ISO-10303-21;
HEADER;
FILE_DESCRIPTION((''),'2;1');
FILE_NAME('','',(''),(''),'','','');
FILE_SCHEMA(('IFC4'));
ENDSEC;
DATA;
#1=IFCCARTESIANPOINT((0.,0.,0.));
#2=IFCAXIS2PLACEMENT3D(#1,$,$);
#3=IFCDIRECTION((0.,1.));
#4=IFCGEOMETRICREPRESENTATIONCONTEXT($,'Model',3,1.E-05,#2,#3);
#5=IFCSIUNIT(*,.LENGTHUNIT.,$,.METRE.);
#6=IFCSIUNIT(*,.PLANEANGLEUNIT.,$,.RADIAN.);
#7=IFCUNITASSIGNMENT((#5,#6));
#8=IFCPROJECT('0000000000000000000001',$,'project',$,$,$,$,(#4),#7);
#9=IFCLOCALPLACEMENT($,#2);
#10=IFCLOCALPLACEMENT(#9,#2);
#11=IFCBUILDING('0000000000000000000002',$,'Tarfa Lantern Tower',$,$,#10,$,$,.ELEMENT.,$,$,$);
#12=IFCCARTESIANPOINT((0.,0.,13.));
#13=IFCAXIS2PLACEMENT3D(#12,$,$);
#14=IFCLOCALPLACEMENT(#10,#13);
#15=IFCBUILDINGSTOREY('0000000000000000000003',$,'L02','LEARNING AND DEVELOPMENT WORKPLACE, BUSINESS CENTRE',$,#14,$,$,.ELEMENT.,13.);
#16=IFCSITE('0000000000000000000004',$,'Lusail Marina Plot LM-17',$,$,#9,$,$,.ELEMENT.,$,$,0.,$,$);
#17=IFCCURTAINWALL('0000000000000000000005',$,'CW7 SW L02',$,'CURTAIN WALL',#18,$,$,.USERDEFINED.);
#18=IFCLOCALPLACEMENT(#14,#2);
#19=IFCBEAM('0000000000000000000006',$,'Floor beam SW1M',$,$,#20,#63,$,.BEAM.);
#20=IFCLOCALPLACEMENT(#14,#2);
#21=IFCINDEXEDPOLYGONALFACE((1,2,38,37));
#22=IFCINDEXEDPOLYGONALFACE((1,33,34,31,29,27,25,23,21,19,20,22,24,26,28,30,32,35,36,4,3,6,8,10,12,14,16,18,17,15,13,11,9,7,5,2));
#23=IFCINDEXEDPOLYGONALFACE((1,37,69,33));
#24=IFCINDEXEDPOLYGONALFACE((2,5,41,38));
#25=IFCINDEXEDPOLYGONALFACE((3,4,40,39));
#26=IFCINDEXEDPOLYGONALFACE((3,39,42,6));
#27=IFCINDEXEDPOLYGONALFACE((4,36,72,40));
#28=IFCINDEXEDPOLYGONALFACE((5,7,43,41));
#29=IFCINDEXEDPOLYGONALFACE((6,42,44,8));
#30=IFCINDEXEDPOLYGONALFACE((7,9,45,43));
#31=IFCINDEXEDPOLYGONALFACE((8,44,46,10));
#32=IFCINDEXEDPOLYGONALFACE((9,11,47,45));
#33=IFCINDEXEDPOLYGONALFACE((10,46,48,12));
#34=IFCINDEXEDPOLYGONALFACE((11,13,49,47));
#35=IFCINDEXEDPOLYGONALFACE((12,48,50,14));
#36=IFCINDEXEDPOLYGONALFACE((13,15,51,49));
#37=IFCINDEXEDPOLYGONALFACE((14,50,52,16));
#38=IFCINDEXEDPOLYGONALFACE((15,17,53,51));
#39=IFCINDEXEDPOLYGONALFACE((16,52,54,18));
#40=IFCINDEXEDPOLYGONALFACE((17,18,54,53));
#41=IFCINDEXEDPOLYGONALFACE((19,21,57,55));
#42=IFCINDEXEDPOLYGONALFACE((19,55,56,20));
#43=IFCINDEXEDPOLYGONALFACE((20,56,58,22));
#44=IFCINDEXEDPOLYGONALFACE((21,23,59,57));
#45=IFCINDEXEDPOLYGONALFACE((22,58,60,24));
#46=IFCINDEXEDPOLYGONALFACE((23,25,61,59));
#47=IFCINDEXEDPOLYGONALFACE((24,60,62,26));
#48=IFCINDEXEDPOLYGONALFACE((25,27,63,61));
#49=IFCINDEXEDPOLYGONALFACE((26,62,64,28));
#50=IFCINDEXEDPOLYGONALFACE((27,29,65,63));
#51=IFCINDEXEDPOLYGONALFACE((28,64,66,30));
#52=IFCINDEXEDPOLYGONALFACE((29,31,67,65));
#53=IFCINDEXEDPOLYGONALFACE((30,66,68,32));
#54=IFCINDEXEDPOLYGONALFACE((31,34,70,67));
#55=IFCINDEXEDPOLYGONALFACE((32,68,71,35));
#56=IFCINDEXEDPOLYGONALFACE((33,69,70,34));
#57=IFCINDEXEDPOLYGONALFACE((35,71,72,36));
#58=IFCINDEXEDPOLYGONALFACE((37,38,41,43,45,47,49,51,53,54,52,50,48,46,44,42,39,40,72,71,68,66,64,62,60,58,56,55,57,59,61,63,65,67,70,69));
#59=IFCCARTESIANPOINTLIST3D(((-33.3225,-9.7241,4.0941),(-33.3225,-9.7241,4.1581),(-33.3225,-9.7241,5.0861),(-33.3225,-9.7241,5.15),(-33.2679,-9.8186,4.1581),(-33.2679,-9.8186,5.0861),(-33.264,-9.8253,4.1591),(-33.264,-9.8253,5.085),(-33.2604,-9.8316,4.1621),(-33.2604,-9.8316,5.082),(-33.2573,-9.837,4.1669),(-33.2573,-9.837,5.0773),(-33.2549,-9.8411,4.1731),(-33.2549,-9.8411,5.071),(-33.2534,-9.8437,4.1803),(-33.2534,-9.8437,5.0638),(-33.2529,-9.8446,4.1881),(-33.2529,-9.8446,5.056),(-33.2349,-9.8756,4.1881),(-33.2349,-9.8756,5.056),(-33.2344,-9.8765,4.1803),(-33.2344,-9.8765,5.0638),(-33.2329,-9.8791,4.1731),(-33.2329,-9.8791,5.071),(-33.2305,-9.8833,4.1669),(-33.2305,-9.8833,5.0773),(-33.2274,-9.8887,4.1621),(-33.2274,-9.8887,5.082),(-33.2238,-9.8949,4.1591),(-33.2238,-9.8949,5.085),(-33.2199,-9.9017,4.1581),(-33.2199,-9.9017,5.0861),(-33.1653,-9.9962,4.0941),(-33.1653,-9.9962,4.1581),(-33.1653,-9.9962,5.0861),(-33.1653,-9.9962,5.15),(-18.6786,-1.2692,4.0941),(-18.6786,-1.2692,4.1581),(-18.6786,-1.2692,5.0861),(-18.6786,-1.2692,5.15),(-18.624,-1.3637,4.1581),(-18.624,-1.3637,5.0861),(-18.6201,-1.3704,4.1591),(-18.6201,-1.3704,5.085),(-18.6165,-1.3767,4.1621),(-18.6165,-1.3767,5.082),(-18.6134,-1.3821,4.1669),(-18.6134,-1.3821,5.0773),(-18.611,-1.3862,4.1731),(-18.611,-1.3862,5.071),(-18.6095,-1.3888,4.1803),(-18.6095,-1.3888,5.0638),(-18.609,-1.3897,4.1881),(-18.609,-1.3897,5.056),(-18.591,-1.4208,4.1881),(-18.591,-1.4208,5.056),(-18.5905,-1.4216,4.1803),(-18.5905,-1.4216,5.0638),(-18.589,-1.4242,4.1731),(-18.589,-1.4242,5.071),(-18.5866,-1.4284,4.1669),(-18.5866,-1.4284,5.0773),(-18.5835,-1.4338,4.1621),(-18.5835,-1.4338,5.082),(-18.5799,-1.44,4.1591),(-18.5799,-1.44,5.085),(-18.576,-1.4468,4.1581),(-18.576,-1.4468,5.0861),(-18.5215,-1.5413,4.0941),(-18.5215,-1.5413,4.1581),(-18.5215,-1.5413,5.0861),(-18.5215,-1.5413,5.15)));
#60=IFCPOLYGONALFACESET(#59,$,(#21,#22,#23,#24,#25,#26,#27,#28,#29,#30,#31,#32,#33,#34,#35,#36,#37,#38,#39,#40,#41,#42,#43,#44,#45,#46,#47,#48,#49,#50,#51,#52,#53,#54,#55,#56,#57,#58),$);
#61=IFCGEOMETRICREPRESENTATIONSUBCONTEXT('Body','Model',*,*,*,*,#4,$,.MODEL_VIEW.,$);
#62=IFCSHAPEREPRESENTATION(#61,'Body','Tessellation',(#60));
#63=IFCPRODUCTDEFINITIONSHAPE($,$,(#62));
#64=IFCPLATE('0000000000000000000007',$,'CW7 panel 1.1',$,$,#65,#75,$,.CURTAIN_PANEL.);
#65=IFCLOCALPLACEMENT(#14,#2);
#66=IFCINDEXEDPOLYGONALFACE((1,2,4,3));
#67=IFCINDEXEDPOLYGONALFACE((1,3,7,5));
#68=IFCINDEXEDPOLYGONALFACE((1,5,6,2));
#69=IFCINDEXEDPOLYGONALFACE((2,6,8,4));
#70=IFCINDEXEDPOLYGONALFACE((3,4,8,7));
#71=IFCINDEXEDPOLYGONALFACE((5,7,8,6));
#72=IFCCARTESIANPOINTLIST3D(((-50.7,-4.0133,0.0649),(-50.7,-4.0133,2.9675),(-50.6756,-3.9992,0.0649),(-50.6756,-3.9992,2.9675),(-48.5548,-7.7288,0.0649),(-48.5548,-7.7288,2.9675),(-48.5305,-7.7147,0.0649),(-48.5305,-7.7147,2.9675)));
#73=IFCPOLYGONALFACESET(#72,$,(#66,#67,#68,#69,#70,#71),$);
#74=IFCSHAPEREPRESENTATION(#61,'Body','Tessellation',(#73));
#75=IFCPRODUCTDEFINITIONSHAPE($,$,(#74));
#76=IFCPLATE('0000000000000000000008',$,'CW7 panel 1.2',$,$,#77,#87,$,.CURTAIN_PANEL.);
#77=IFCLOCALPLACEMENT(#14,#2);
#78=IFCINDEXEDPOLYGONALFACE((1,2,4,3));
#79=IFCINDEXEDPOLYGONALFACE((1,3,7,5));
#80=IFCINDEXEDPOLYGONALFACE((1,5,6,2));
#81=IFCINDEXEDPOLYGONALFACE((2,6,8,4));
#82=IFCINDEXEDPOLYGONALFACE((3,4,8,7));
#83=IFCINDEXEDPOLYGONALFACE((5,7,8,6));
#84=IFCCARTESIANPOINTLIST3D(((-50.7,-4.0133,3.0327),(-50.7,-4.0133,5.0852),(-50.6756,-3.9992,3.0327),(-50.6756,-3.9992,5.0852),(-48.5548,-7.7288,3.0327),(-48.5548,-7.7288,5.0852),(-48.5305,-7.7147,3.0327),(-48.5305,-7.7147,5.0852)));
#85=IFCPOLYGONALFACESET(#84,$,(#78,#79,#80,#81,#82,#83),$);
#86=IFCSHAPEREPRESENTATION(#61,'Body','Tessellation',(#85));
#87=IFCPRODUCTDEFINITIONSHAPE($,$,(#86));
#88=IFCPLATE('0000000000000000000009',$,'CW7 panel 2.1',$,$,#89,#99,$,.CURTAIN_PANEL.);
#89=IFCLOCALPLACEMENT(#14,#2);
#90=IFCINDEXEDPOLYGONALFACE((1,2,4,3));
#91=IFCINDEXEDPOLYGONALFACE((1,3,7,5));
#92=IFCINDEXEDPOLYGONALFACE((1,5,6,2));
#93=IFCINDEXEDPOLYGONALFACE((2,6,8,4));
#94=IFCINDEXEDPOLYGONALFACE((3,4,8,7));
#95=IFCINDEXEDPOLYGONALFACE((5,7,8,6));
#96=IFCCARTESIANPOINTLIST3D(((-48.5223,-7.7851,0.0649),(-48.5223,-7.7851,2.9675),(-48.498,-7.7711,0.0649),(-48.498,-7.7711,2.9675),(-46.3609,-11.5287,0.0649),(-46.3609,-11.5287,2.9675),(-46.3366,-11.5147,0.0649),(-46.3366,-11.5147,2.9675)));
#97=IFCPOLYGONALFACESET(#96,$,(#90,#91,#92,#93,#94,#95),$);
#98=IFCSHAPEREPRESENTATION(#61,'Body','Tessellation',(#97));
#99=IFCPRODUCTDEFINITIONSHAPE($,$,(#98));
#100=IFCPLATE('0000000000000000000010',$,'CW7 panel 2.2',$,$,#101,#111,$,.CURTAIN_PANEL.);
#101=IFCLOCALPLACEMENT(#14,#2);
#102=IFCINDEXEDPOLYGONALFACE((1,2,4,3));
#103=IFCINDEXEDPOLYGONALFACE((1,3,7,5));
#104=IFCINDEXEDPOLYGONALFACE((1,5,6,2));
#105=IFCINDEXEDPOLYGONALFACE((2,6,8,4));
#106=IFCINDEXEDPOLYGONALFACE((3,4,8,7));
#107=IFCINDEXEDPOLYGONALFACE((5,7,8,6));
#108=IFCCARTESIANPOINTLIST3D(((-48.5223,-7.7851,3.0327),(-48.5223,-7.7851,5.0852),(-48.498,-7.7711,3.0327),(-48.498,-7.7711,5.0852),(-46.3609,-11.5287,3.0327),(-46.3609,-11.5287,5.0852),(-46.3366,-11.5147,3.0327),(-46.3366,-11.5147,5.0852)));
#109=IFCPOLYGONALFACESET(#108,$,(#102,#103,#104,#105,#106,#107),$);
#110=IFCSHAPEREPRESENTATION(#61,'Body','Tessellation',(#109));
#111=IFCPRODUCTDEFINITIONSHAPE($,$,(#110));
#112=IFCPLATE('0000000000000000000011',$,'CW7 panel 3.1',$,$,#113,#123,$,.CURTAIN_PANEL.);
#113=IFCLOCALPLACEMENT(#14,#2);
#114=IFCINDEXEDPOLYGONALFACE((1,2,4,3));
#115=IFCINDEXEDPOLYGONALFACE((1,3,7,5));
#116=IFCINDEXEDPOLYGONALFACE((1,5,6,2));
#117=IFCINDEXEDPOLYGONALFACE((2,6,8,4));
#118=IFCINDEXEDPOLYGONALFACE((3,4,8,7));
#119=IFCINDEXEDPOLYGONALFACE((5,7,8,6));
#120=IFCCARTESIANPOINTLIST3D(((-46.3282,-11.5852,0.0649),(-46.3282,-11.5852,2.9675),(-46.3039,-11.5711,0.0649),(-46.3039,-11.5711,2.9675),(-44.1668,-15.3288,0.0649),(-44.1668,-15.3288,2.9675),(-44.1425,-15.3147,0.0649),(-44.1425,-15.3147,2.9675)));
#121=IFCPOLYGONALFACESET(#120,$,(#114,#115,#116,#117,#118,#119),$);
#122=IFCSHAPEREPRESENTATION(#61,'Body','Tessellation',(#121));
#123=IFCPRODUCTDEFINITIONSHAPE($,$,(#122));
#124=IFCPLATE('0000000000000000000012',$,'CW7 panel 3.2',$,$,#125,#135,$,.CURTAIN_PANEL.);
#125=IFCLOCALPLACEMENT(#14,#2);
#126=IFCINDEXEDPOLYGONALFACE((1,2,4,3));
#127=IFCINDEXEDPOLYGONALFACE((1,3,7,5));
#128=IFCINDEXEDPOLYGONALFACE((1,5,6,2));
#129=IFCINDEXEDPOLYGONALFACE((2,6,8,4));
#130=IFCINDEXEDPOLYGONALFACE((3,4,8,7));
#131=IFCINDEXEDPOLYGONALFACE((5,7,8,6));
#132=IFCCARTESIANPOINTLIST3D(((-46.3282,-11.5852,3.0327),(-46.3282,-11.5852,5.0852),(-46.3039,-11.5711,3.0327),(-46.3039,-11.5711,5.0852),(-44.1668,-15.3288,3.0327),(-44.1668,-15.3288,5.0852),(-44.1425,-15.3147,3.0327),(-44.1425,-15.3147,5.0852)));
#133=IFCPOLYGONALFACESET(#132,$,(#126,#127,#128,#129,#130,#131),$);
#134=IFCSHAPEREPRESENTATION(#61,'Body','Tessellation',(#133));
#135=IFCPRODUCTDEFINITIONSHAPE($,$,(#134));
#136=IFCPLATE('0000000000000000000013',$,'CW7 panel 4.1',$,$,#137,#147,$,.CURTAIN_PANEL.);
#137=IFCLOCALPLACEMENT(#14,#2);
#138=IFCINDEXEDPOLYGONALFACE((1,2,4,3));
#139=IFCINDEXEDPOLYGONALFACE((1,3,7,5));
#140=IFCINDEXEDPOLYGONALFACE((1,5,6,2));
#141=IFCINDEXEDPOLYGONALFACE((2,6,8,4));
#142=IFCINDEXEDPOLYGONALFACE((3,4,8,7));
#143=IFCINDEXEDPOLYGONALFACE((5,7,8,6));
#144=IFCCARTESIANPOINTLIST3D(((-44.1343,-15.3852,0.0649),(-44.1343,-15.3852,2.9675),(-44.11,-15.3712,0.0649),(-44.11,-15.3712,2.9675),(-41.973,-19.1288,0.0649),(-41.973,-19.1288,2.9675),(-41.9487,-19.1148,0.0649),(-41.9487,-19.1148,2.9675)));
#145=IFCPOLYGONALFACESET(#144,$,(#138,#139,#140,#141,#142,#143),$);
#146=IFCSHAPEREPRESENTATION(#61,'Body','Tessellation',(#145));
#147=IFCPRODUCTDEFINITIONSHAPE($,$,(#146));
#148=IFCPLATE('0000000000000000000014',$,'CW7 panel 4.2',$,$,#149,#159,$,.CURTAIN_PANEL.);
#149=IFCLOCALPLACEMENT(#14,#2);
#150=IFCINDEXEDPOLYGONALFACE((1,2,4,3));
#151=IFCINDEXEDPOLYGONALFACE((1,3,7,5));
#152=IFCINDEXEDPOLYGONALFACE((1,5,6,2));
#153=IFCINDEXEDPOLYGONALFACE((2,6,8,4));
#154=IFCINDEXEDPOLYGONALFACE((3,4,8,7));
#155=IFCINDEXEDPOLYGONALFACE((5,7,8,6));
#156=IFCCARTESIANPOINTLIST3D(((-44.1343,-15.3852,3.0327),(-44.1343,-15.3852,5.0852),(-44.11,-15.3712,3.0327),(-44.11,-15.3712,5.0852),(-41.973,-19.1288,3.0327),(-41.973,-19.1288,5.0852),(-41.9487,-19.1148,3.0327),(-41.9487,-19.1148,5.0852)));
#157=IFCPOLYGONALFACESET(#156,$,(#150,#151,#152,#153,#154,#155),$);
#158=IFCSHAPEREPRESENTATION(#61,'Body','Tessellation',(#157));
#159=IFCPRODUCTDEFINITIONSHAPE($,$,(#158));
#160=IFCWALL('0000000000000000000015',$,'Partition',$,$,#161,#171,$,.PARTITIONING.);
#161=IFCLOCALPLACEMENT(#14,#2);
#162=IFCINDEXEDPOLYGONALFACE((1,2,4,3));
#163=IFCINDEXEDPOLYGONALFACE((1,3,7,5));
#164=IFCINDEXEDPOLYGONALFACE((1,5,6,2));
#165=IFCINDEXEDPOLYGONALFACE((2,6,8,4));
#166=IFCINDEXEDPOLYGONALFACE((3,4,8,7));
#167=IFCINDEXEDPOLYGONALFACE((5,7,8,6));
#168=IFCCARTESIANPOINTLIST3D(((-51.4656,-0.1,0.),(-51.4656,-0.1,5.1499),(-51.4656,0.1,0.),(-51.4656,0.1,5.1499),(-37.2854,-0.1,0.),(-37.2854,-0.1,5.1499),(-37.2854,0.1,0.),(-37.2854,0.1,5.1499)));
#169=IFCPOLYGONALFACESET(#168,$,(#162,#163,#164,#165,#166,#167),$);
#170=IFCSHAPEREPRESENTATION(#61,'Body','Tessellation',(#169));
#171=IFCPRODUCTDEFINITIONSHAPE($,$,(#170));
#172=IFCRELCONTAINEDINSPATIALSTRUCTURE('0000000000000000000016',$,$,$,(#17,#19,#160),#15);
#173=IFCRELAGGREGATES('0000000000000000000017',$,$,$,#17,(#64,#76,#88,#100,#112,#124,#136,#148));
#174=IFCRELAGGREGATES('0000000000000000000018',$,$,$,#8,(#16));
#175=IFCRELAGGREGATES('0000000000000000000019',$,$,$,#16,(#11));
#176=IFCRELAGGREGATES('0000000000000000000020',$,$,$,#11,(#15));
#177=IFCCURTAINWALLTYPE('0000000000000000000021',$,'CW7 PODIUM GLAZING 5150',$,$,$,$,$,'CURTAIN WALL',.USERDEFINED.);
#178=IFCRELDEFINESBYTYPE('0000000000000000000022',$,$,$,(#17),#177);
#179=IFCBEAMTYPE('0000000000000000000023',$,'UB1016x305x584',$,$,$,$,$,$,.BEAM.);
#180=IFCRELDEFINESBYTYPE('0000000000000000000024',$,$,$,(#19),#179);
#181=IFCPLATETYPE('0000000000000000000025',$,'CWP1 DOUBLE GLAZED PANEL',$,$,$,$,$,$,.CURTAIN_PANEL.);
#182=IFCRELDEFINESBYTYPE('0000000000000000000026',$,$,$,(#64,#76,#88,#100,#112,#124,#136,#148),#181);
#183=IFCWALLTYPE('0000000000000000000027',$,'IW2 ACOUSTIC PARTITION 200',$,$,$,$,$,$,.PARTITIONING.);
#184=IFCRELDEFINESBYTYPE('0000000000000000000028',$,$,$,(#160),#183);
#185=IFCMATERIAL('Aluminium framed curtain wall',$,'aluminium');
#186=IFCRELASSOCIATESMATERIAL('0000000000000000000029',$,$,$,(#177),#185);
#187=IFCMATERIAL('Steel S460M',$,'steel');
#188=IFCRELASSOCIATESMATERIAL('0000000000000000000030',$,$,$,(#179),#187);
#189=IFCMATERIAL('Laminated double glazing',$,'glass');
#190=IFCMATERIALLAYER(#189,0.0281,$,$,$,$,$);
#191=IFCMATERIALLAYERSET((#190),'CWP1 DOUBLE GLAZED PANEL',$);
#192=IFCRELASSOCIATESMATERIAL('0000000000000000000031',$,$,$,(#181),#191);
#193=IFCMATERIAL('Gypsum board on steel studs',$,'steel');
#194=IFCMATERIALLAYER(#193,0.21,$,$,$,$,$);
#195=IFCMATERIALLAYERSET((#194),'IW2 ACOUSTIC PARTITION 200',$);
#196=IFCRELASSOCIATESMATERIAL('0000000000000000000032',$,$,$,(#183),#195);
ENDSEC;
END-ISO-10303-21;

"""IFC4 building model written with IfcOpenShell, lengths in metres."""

from ifc_helpers import new_model, si_unit, direction, frame, frame_2d, origin, origin_2d, place, context, subcontext, project, spatial, rectangle, i_section, extrude, material, layer, layer_set, material_profile, profile_set, type_object, element, aggregate, save


model = new_model("IFC4")

# Units and contexts
model_context = context("Model", 3, precision=1e-05, world=origin(), true_north=direction((0.0, 1.0)))
body_context = subcontext(model_context, "Body", "Model", "MODEL_VIEW")
ifc_project = project(units=[si_unit("LENGTHUNIT", "METRE"), si_unit("PLANEANGLEUNIT", "RADIAN")], contexts=[model_context])

# Site, building, storey
site_placement = place(None, origin())
site = spatial("IfcSite", under=ifc_project, at=site_placement, Name="Lusail Marina Plot LM-17", CompositionType="ELEMENT", RefElevation=0.0)
building_placement = place(site_placement, origin())
building = spatial("IfcBuilding", under=site, at=building_placement, Name="Tarfa Lantern Tower", CompositionType="ELEMENT")
storey_placement = place(building_placement, frame((0.0, 0.0, 13.0)))
storey = spatial("IfcBuildingStorey", under=building, at=storey_placement, Name="L02", Description="LEARNING AND DEVELOPMENT WORKPLACE, BUSINESS CENTRE", CompositionType="ELEMENT", Elevation=13.0)

# Curtain wall
ifc_material_1 = material(Name="Aluminium framed curtain wall", Category="aluminium")
curtain_wall_type = type_object("IfcCurtainWallType", Name="CW7 PODIUM GLAZING 5150", ElementType="CURTAIN WALL", PredefinedType="USERDEFINED", material=ifc_material_1)
curtain_wall_placement = place(storey_placement, origin())
curtain_wall = element("IfcCurtainWall", 1, at=curtain_wall_placement, inside=storey, type_object=curtain_wall_type, Name="CW7 SW L02", ObjectType="CURTAIN WALL", PredefinedType="USERDEFINED")

# Beam
ifc_material_2 = material(Name="Steel S460M", Category="steel")
ifc_material_profile_1 = material_profile(ifc_material_2, i_section(OverallWidth=0.3142, OverallDepth=1.0559, WebThickness=0.0359, FlangeThickness=0.064, FilletRadius=0.03, at=origin_2d()), Name="UB1016x305x584")
ifc_profile_set_1 = profile_set([ifc_material_profile_1], Name="Steel S460M")
beam_type_1 = type_object("IfcBeamType", Name="UB1016x305x584", PredefinedType="BEAM", material=ifc_profile_set_1)
beam_1_placement = place(storey_placement, frame((-33.2439, -9.8601, 4.6221), z_axis=(0.866019, 0.50001, 0.0), x_axis=(-0.50001, 0.866019, 0.0)))
element("IfcBeam", 2, at=beam_1_placement, inside=storey, type_object=beam_type_1, Name="Floor beam SW1M", PredefinedType="BEAM", context=body_context, shape_type="SweptSolid", body=[
    extrude(i_section(OverallWidth=0.3142, OverallDepth=1.0559, WebThickness=0.0359, FlangeThickness=0.064, FilletRadius=0.03, at=origin_2d()), origin(), (0.0, 0.0, 1.0), 16.9094),
])

# Plates
ifc_material_3 = material(Name="Laminated double glazing", Category="glass")
ifc_layer_1 = layer(ifc_material_3, 0.0281)
ifc_layer_set_1 = layer_set([ifc_layer_1], Name="CWP1 DOUBLE GLAZED PANEL")
plate_type = type_object("IfcPlateType", Name="CWP1 DOUBLE GLAZED PANEL", PredefinedType="CURTAIN_PANEL", material=ifc_layer_set_1)
plate_1_placement = place(storey_placement, frame((-49.6152, -5.864, 0.0649), z_axis=(0.0, 0.0, 1.0), x_axis=(0.5, -0.866025, 0.0)))
plate_1 = element("IfcPlate", 3, at=plate_1_placement, type_object=plate_type, Name="CW7 panel 1.1", PredefinedType="CURTAIN_PANEL", context=body_context, shape_type="SweptSolid", body=[
    extrude(rectangle(XDim=4.2903, YDim=0.0281, at=origin_2d()), origin(), (0.0, 0.0, 1.0), 2.9026),
])
plate_2_placement = place(storey_placement, frame((-49.6152, -5.864, 3.0327), z_axis=(0.0, 0.0, 1.0), x_axis=(0.5, -0.866025, 0.0)))
plate_2 = element("IfcPlate", 4, at=plate_2_placement, type_object=plate_type, Name="CW7 panel 1.2", PredefinedType="CURTAIN_PANEL", context=body_context, shape_type="SweptSolid", body=[
    extrude(rectangle(XDim=4.2903, YDim=0.0281, at=origin_2d()), origin(), (0.0, 0.0, 1.0), 2.0525),
])
plate_3_placement = place(storey_placement, frame((-47.4294, -9.6499, 0.0649), z_axis=(0.0, 0.0, 1.0), x_axis=(0.5, -0.866025, 0.0)))
plate_3 = element("IfcPlate", 5, at=plate_3_placement, type_object=plate_type, Name="CW7 panel 2.1", PredefinedType="CURTAIN_PANEL", context=body_context, shape_type="SweptSolid", body=[
    extrude(rectangle(XDim=4.3228, YDim=0.0281, at=origin_2d()), origin(), (0.0, 0.0, 1.0), 2.9026),
])
plate_4_placement = place(storey_placement, frame((-47.4294, -9.6499, 3.0327), z_axis=(0.0, 0.0, 1.0), x_axis=(0.5, -0.866025, 0.0)))
plate_4 = element("IfcPlate", 6, at=plate_4_placement, type_object=plate_type, Name="CW7 panel 2.2", PredefinedType="CURTAIN_PANEL", context=body_context, shape_type="SweptSolid", body=[
    extrude(rectangle(XDim=4.3228, YDim=0.0281, at=origin_2d()), origin(), (0.0, 0.0, 1.0), 2.0525),
])
plate_5_placement = place(storey_placement, frame((-45.2354, -13.45, 0.0649), z_axis=(0.0, 0.0, 1.0), x_axis=(0.5, -0.866025, 0.0)))
plate_5 = element("IfcPlate", 7, at=plate_5_placement, type_object=plate_type, Name="CW7 panel 3.1", PredefinedType="CURTAIN_PANEL", context=body_context, shape_type="SweptSolid", body=[
    extrude(rectangle(XDim=4.3228, YDim=0.0281, at=origin_2d()), origin(), (0.0, 0.0, 1.0), 2.9026),
])
plate_6_placement = place(storey_placement, frame((-45.2354, -13.45, 3.0327), z_axis=(0.0, 0.0, 1.0), x_axis=(0.5, -0.866025, 0.0)))
plate_6 = element("IfcPlate", 8, at=plate_6_placement, type_object=plate_type, Name="CW7 panel 3.2", PredefinedType="CURTAIN_PANEL", context=body_context, shape_type="SweptSolid", body=[
    extrude(rectangle(XDim=4.3228, YDim=0.0281, at=origin_2d()), origin(), (0.0, 0.0, 1.0), 2.0525),
])
plate_7_placement = place(storey_placement, frame((-43.0415, -17.25, 0.0649), z_axis=(0.0, 0.0, 1.0), x_axis=(0.5, -0.866025, 0.0)))
plate_7 = element("IfcPlate", 9, at=plate_7_placement, type_object=plate_type, Name="CW7 panel 4.1", PredefinedType="CURTAIN_PANEL", context=body_context, shape_type="SweptSolid", body=[
    extrude(rectangle(XDim=4.3228, YDim=0.0281, at=origin_2d()), origin(), (0.0, 0.0, 1.0), 2.9026),
])
plate_8_placement = place(storey_placement, frame((-43.0415, -17.25, 3.0327), z_axis=(0.0, 0.0, 1.0), x_axis=(0.5, -0.866025, 0.0)))
plate_8 = element("IfcPlate", 10, at=plate_8_placement, type_object=plate_type, Name="CW7 panel 4.2", PredefinedType="CURTAIN_PANEL", context=body_context, shape_type="SweptSolid", body=[
    extrude(rectangle(XDim=4.3228, YDim=0.0281, at=origin_2d()), origin(), (0.0, 0.0, 1.0), 2.0525),
])
aggregate(curtain_wall, [plate_1, plate_2, plate_3, plate_4, plate_5, plate_6, plate_7, plate_8])

# Wall
ifc_material_4 = material(Name="Gypsum board on steel studs", Category="steel")
ifc_layer_2 = layer(ifc_material_4, 0.21)
ifc_layer_set_2 = layer_set([ifc_layer_2], Name="IW2 ACOUSTIC PARTITION 200")
wall_type = type_object("IfcWallType", Name="IW2 ACOUSTIC PARTITION 200", PredefinedType="PARTITIONING", material=ifc_layer_set_2)
wall_placement = place(storey_placement, frame((-37.2854, 0.0, 0.0), z_axis=(0.0, 0.0, 1.0), x_axis=(-1.0, 0.0, 0.0)))
element("IfcWall", 11, at=wall_placement, inside=storey, type_object=wall_type, Name="Partition", PredefinedType="PARTITIONING", context=body_context, shape_type="SweptSolid", body=[
    extrude(rectangle(XDim=14.1802, YDim=0.2, at=frame_2d((7.0901, 0.0))), origin(), (0.0, 0.0, 1.0), 5.1499),
])

save(model, "model.ifc")
